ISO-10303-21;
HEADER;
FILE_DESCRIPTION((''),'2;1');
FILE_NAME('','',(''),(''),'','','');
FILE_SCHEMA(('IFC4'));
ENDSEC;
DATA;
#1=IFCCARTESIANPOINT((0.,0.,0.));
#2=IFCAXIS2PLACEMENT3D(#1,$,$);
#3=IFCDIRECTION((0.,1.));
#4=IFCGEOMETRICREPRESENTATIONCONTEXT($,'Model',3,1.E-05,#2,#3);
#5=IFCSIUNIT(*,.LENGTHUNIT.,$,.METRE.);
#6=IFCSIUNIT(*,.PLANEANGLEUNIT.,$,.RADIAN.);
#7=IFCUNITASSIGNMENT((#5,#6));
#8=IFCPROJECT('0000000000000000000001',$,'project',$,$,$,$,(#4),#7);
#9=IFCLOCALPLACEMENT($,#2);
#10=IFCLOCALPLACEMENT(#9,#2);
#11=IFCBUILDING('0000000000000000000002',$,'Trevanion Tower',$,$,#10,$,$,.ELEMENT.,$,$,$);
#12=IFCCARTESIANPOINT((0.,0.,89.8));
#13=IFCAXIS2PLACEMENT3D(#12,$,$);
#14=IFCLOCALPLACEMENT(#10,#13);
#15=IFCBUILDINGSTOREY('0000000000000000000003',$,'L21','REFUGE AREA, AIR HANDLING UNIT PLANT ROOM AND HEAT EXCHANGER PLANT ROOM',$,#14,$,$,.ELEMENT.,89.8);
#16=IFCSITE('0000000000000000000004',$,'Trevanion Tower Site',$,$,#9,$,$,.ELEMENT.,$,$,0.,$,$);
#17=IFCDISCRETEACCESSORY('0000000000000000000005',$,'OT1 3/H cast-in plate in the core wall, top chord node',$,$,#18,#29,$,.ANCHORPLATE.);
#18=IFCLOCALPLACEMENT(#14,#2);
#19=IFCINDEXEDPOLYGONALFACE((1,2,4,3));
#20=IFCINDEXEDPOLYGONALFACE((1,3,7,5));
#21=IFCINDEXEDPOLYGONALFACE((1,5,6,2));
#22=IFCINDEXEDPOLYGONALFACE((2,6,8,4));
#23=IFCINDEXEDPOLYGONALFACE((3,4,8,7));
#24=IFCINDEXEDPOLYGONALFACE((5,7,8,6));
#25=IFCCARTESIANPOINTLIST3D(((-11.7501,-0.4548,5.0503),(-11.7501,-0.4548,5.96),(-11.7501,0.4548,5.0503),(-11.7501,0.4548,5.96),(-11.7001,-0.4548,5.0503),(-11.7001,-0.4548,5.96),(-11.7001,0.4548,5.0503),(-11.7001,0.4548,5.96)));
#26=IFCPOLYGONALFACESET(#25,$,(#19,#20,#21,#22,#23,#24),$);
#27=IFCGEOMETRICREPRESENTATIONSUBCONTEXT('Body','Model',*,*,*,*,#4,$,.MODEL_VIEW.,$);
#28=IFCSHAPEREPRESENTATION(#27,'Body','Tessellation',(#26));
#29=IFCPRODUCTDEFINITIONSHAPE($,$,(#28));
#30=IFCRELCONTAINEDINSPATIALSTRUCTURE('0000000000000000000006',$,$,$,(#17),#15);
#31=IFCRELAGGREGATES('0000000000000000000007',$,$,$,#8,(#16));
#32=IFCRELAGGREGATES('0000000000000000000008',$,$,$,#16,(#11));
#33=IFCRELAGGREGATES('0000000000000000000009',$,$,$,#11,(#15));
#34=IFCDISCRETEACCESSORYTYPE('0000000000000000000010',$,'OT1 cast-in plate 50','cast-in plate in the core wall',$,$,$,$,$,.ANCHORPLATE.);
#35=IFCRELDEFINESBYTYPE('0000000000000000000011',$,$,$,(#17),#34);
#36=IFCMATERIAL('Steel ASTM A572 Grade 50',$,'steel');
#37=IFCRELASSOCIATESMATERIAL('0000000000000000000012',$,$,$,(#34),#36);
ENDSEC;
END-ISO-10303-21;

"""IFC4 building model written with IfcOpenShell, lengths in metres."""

from ifc_helpers import new_model, si_unit, direction, frame, origin, origin_2d, place, context, subcontext, project, spatial, rectangle, extrude, material, type_object, element, save


model = new_model("IFC4")

# Units and contexts
model_context = context("Model", 3, precision=1e-05, world=origin(), true_north=direction((0.0, 1.0)))
body_context = subcontext(model_context, "Body", "Model", "MODEL_VIEW")
ifc_project = project(units=[si_unit("LENGTHUNIT", "METRE"), si_unit("PLANEANGLEUNIT", "RADIAN")], contexts=[model_context])

# Site, building, storey
site_placement = place(None, origin())
site = spatial("IfcSite", under=ifc_project, at=site_placement, Name="Trevanion Tower Site", CompositionType="ELEMENT", RefElevation=0.0)
building_placement = place(site_placement, origin())
building = spatial("IfcBuilding", under=site, at=building_placement, Name="Trevanion Tower", CompositionType="ELEMENT")
storey_placement = place(building_placement, frame((0.0, 0.0, 89.8)))
storey = spatial("IfcBuildingStorey", under=building, at=storey_placement, Name="L21", Description="REFUGE AREA, AIR HANDLING UNIT PLANT ROOM AND HEAT EXCHANGER PLANT ROOM", CompositionType="ELEMENT", Elevation=89.8)

# Discrete accessory
ifc_material_1 = material(Name="Steel ASTM A572 Grade 50", Category="steel")
discrete_accessory_type = type_object("IfcDiscreteAccessoryType", Name="OT1 cast-in plate 50", Description="cast-in plate in the core wall", PredefinedType="ANCHORPLATE", material=ifc_material_1)
for number, where, z_axis, x_axis, name in (
    (1, (-11.7251, 0.0, 5.0503), (0.0, 0.0, 1.0), (-1.0, 0.0, 0.0), "OT1 3/H cast-in plate in the core wall, top chord node"),
):
    element("IfcDiscreteAccessory", number, at=place(storey_placement, frame(where, z_axis=z_axis, x_axis=x_axis)), inside=storey, type_object=discrete_accessory_type, Name=name, PredefinedType="ANCHORPLATE", context=body_context, shape_type="SweptSolid", body=[
        extrude(rectangle(XDim=0.05, YDim=0.9097, at=origin_2d()), origin(), (0.0, 0.0, 1.0), 0.9097),
    ])

save(model, "model.ifc")
